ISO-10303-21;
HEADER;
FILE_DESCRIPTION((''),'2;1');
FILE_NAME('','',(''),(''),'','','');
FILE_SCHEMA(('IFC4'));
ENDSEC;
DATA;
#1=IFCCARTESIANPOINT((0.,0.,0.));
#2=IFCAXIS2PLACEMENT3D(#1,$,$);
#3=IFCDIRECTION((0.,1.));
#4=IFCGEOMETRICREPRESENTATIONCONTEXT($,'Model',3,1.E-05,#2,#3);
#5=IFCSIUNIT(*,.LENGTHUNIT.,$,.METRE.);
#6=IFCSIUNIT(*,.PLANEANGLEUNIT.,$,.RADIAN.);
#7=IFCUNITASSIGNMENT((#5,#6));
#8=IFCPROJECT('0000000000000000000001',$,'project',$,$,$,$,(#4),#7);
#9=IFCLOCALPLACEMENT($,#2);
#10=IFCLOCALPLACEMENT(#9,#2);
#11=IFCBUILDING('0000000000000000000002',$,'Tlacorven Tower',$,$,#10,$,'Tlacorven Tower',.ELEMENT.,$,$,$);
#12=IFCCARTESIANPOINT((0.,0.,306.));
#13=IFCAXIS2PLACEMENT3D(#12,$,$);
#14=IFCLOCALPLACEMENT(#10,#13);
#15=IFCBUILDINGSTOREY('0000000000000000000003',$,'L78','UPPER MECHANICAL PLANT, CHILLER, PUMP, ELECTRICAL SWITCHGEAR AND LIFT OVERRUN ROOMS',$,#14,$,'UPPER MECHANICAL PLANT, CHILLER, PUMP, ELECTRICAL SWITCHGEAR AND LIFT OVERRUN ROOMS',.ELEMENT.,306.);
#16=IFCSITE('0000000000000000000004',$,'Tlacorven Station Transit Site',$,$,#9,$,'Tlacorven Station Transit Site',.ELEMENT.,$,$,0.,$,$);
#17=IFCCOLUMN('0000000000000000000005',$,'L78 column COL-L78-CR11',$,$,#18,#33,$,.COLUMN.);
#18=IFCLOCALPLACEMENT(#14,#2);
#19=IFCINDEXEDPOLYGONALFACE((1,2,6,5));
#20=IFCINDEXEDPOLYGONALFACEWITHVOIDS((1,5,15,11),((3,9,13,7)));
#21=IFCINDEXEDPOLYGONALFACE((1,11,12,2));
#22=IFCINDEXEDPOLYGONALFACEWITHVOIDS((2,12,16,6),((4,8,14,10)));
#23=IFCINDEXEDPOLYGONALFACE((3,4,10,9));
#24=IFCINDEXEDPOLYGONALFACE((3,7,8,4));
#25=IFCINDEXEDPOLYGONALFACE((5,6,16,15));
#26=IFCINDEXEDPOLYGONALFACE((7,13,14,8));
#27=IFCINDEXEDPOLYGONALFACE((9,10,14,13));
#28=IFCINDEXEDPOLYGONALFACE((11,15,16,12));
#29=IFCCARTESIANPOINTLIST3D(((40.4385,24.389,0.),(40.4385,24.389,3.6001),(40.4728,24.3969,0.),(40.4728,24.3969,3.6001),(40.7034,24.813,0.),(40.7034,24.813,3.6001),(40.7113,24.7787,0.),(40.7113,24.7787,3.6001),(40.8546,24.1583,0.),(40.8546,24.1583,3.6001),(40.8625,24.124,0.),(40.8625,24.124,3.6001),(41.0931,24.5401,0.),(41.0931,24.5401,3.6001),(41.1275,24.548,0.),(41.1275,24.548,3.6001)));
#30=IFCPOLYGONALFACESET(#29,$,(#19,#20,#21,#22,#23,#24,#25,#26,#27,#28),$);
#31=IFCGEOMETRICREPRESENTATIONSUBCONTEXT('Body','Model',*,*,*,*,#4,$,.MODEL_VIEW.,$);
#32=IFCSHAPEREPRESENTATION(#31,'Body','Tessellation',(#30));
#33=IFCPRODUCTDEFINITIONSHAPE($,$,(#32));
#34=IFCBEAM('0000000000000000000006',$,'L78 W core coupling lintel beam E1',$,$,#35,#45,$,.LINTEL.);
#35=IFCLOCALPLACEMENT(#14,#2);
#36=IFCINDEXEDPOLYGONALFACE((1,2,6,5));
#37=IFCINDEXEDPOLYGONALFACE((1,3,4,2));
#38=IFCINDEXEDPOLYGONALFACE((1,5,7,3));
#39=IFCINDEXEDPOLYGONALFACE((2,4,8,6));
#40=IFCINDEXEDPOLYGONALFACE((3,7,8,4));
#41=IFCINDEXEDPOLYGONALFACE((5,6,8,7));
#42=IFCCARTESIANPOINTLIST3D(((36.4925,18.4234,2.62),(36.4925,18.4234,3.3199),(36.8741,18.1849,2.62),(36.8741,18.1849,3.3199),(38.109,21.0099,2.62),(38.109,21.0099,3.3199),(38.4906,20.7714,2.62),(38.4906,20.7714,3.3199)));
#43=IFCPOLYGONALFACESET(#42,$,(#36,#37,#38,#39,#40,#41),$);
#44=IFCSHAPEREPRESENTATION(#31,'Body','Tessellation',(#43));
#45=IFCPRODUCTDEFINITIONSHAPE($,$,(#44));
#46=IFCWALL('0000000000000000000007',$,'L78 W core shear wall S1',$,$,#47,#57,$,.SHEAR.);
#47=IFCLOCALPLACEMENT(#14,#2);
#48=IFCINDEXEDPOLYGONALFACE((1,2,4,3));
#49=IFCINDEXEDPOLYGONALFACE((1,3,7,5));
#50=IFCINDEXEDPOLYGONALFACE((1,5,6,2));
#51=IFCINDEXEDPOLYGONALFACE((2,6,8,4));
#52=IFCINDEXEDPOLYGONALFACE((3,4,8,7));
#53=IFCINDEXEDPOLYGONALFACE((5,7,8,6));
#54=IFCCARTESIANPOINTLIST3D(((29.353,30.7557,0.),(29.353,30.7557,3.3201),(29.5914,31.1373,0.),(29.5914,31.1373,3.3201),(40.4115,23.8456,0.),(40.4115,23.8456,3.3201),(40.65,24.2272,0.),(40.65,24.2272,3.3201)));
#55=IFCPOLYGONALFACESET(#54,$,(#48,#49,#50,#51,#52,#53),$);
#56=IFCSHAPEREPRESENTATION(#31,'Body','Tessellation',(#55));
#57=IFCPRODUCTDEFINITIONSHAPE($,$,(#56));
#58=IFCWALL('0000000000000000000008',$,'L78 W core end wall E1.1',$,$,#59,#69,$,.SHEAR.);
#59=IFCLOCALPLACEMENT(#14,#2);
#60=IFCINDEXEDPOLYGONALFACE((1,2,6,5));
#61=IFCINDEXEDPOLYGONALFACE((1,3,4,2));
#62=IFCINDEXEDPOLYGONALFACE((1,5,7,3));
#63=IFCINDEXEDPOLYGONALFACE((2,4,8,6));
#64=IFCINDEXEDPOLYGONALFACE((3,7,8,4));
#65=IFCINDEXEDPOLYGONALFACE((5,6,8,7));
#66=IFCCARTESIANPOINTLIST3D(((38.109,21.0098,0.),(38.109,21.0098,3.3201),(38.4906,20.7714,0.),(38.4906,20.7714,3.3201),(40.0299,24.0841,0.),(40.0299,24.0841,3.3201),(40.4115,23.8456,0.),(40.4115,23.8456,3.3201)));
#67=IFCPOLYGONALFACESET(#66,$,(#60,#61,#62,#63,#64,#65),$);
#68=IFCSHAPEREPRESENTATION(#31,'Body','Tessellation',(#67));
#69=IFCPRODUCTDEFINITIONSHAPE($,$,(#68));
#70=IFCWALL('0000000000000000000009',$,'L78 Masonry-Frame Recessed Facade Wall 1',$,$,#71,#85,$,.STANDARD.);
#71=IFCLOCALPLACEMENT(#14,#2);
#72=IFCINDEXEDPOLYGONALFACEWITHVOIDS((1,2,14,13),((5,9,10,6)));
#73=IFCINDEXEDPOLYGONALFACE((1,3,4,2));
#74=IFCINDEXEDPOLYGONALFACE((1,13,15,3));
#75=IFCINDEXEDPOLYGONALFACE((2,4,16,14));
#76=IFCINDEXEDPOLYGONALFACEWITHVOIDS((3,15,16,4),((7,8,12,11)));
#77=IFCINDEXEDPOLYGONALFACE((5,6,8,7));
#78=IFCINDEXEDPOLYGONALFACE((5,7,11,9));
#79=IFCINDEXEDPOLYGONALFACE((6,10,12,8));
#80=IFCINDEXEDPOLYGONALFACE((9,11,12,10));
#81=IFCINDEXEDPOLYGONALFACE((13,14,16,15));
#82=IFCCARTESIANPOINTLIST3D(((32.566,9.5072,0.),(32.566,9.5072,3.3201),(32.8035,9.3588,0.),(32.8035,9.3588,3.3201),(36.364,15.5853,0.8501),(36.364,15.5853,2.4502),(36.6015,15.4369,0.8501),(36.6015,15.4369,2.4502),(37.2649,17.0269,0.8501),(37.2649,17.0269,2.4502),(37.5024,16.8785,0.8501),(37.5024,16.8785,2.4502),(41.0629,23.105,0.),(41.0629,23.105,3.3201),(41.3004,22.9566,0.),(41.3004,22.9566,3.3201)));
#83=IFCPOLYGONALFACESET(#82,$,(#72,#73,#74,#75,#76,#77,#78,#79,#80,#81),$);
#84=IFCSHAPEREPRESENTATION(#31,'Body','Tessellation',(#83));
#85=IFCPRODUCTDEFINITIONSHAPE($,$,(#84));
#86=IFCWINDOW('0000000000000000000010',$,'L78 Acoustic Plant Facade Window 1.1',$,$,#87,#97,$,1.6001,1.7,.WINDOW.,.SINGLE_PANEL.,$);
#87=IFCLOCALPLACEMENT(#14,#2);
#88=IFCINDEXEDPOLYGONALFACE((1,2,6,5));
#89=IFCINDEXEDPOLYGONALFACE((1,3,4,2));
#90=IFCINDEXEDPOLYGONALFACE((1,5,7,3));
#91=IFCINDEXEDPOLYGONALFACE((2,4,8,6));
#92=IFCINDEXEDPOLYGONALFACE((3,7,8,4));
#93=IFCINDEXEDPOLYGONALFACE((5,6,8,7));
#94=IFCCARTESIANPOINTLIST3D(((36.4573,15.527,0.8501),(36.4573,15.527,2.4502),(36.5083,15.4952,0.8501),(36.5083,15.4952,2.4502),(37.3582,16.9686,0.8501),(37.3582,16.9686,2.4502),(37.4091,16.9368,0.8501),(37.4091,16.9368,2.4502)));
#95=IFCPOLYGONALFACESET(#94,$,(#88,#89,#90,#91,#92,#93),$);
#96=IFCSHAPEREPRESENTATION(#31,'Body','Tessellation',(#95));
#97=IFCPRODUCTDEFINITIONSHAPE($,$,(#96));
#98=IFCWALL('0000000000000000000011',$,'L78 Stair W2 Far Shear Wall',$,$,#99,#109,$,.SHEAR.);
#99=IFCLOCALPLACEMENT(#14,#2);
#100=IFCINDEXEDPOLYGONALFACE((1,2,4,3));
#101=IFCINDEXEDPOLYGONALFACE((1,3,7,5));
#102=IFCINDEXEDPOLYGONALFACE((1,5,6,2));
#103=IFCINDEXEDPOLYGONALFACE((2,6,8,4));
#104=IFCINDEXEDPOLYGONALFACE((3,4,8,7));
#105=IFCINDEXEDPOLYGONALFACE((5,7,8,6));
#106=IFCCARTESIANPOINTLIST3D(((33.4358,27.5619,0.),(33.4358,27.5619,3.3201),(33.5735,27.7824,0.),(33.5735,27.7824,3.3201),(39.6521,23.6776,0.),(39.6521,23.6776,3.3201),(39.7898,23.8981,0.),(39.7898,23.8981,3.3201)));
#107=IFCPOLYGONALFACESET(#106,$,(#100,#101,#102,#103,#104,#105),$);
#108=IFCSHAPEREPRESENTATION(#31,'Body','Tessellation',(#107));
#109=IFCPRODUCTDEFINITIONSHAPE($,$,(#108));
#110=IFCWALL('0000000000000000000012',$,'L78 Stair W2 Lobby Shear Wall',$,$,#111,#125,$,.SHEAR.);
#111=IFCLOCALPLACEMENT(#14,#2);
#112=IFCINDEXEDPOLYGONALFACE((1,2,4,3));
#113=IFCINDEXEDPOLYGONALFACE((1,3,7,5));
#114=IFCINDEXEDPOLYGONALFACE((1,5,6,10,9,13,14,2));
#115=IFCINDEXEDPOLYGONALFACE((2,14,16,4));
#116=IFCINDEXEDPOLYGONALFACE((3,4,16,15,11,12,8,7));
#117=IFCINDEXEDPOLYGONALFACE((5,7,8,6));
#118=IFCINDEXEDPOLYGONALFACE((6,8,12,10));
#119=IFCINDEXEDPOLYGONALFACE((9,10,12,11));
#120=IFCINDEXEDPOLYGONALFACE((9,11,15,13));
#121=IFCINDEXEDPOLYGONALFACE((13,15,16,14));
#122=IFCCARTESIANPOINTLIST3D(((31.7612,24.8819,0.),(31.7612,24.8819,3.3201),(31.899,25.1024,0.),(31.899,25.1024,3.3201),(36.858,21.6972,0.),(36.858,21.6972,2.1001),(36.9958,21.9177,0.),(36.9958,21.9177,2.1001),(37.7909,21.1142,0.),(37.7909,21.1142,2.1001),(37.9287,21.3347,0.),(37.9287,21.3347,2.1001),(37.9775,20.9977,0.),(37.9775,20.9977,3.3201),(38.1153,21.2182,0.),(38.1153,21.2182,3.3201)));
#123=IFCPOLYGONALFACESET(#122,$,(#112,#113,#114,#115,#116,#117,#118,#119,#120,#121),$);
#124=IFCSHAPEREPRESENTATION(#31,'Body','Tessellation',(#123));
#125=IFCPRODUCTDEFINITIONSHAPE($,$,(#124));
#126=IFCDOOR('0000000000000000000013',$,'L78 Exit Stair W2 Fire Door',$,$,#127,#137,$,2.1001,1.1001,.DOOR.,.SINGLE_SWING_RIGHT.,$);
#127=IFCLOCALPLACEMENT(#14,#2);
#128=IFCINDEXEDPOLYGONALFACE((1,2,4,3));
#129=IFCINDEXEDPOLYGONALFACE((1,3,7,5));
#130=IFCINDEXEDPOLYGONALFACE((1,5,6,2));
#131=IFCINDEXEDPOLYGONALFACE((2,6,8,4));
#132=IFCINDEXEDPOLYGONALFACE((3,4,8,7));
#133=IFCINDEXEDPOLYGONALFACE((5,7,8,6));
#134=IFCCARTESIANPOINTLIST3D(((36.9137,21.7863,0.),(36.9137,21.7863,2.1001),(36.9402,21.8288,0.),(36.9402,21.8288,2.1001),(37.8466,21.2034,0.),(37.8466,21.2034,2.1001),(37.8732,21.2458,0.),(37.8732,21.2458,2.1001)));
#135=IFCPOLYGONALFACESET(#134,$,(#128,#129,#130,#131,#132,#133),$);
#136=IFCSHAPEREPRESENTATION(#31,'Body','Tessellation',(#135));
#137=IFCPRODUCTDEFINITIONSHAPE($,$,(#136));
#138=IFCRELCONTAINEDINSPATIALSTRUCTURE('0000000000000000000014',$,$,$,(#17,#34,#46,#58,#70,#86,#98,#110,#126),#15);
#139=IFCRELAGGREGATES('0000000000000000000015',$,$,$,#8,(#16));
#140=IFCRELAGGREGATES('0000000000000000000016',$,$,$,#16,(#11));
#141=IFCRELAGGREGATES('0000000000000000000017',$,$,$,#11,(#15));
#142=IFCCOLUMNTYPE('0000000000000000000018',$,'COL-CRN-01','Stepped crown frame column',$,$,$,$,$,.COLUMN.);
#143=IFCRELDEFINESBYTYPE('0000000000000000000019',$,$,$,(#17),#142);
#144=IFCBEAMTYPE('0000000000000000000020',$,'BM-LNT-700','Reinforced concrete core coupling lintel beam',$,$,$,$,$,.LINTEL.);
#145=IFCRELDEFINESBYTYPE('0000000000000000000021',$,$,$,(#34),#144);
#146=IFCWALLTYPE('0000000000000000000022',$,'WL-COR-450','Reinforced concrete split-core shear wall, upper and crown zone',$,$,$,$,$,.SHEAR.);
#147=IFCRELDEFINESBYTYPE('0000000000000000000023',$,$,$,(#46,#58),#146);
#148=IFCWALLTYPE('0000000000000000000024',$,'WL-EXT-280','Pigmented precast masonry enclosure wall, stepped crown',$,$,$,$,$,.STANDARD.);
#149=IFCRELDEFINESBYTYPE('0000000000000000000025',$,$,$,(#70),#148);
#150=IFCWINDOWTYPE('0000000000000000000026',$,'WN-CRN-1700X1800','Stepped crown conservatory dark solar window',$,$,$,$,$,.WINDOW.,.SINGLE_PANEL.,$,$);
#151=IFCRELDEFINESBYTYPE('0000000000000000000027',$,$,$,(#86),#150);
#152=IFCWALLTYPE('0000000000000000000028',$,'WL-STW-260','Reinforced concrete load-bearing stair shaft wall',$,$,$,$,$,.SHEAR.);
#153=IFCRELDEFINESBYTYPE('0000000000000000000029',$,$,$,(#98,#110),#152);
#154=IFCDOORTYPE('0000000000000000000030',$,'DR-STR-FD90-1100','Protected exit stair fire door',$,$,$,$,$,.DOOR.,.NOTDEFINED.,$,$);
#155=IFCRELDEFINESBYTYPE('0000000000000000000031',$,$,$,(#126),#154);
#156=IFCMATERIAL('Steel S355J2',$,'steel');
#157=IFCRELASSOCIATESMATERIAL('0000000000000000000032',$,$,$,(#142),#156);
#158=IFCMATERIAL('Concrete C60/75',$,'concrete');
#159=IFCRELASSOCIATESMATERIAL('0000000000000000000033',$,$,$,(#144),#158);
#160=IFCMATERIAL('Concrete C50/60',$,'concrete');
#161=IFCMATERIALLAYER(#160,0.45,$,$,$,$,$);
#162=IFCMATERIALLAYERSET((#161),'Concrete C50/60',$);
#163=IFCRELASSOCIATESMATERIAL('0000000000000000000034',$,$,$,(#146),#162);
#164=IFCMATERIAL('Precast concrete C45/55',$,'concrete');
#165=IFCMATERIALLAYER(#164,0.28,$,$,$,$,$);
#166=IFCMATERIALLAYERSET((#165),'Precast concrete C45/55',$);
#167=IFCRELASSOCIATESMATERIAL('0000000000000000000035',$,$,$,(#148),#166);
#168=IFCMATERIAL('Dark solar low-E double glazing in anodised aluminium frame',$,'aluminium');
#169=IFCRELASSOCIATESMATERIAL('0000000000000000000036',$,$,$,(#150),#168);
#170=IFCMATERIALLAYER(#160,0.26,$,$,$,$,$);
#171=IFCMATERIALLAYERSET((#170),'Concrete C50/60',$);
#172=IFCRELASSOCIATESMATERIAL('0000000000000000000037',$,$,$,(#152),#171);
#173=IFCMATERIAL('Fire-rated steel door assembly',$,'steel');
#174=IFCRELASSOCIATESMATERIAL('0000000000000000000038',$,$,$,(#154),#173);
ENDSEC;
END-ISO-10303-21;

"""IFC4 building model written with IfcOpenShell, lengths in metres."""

from ifc_helpers import new_model, si_unit, direction, frame, frame_2d, origin, origin_2d, place, context, subcontext, project, spatial, rectangle, hollow_rectangle, extrude, source, transform, mapped, material, layer, layer_set, material_profile, profile_set, type_object, element, fill, save


model = new_model("IFC4")

# Units and contexts
model_context = context("Model", 3, precision=1e-05, world=origin(), true_north=direction((0.0, 1.0)))
body_context = subcontext(model_context, "Body", "Model", "MODEL_VIEW")
ifc_project = project(units=[si_unit("LENGTHUNIT", "METRE"), si_unit("PLANEANGLEUNIT", "RADIAN")], contexts=[model_context])

# Site, building, storey
site_placement = place(None, origin())
site = spatial("IfcSite", under=ifc_project, at=site_placement, Name="Tlacorven Station Transit Site", LongName="Tlacorven Station Transit Site", CompositionType="ELEMENT", RefElevation=0.0)
building_placement = place(site_placement, origin())
building = spatial("IfcBuilding", under=site, at=building_placement, Name="Tlacorven Tower", LongName="Tlacorven Tower", CompositionType="ELEMENT")
storey_placement = place(building_placement, frame((0.0, 0.0, 306.0)))
storey = spatial("IfcBuildingStorey", under=building, at=storey_placement, Name="L78", Description="UPPER MECHANICAL PLANT, CHILLER, PUMP, ELECTRICAL SWITCHGEAR AND LIFT OVERRUN ROOMS", LongName="UPPER MECHANICAL PLANT, CHILLER, PUMP, ELECTRICAL SWITCHGEAR AND LIFT OVERRUN ROOMS", CompositionType="ELEMENT", Elevation=306.0)

# Column
ifc_material_1 = material(Name="Steel S355J2", Category="steel")
ifc_material_profile_1 = material_profile(ifc_material_1, hollow_rectangle(XDim=0.5, YDim=0.5, WallThickness=0.0249, at=origin_2d()), Name="BOX 500X500X25")
ifc_profile_set_1 = profile_set([ifc_material_profile_1], Name="Steel S355J2")
column_type = type_object("IfcColumnType", Name="COL-CRN-01", Description="Stepped crown frame column", PredefinedType="COLUMN", material=ifc_profile_set_1)
shared_shape_1 = source(origin(), body_context, "Body", "SweptSolid", [
    extrude(hollow_rectangle(XDim=0.5, YDim=0.5, WallThickness=0.0249, at=origin_2d()), origin(), (0.0, 0.0, 1.0), 3.6001),
])
column_placement = place(storey_placement, frame((40.783, 24.4685, 0.0), z_axis=(0.0, 0.0, 1.0), x_axis=(-0.848048, 0.529919, 0.0)))
element("IfcColumn", 1, at=column_placement, inside=storey, type_object=column_type, Name="L78 column COL-L78-CR11", PredefinedType="COLUMN", context=body_context, shape_type="MappedRepresentation", body=[
    mapped(shared_shape_1, transform((0.0, 0.0, 0.0), scale=1.0)),
])

# Beam
ifc_material_2 = material(Name="Concrete C60/75", Category="concrete")
ifc_material_profile_2 = material_profile(ifc_material_2, rectangle(XDim=0.45, YDim=0.7, at=origin_2d()), Name="RC 450X700")
ifc_profile_set_2 = profile_set([ifc_material_profile_2], Name="Concrete C60/75")
beam_type = type_object("IfcBeamType", Name="BM-LNT-700", Description="Reinforced concrete core coupling lintel beam", PredefinedType="LINTEL", material=ifc_profile_set_2)
shared_shape_2 = source(origin(), body_context, "Body", "SweptSolid", [
    extrude(rectangle(XDim=0.45, YDim=0.7, at=origin_2d()), origin(), (0.0, 0.0, 1.0), 3.05),
])
beam_placement = place(storey_placement, frame((38.2998, 20.8906, 2.97), z_axis=(-0.529985, -0.848007, 0.0), x_axis=(0.848007, -0.529985, 0.0)))
element("IfcBeam", 2, at=beam_placement, inside=storey, type_object=beam_type, Name="L78 W core coupling lintel beam E1", PredefinedType="LINTEL", context=body_context, shape_type="MappedRepresentation", body=[
    mapped(shared_shape_2, transform((0.0, 0.0, 0.0), scale=1.0)),
])

# Walls
ifc_material_3 = material(Name="Concrete C50/60", Category="concrete")
ifc_layer_1 = layer(ifc_material_3, 0.45)
ifc_layer_set_1 = layer_set([ifc_layer_1], Name="Concrete C50/60")
wall_type_1 = type_object("IfcWallType", Name="WL-COR-450", Description="Reinforced concrete split-core shear wall, upper and crown zone", PredefinedType="SHEAR", material=ifc_layer_set_1)
wall_1_placement = place(storey_placement, frame((40.5308, 24.0364, 0.0), z_axis=(0.0, 0.0, 1.0), x_axis=(-0.848049, 0.529918, 0.0)))
element("IfcWall", 3, at=wall_1_placement, inside=storey, type_object=wall_type_1, Name="L78 W core shear wall S1", PredefinedType="SHEAR", context=body_context, shape_type="SweptSolid", body=[
    extrude(rectangle(XDim=13.04, YDim=0.45, at=frame_2d((6.52, 0.0))), origin(), (0.0, 0.0, 1.0), 3.3201),
])
wall_2_placement = place(storey_placement, frame((40.2207, 23.9648, 0.0), z_axis=(0.0, 0.0, 1.0), x_axis=(-0.529902, -0.848059, 0.0)))
element("IfcWall", 4, at=wall_2_placement, inside=storey, type_object=wall_type_1, Name="L78 W core end wall E1.1", PredefinedType="SHEAR", context=body_context, shape_type="SweptSolid", body=[
    extrude(rectangle(XDim=3.625, YDim=0.45, at=frame_2d((1.8125, 0.0))), origin(), (0.0, 0.0, 1.0), 3.3201),
])

# Wall, opening, window
ifc_material_4 = material(Name="Precast concrete C45/55", Category="concrete")
ifc_layer_2 = layer(ifc_material_4, 0.28)
ifc_layer_set_2 = layer_set([ifc_layer_2], Name="Precast concrete C45/55")
wall_type_2 = type_object("IfcWallType", Name="WL-EXT-280", Description="Pigmented precast masonry enclosure wall, stepped crown", PredefinedType="STANDARD", material=ifc_layer_set_2)
wall_3_placement = place(storey_placement, frame((41.1816, 23.0308, 0.0), z_axis=(0.0, 0.0, 1.0), x_axis=(-0.529922, -0.848046, 0.0)))
wall_3 = element("IfcWall", 5, at=wall_3_placement, inside=storey, type_object=wall_type_2, Name="L78 Masonry-Frame Recessed Facade Wall 1", PredefinedType="STANDARD", context=body_context, shape_type="SweptSolid", body=[
    extrude(rectangle(XDim=16.0342, YDim=0.28, at=frame_2d((8.0171, 0.0))), origin(), (0.0, 0.0, 1.0), 3.3201),
])
opening_1_placement = place(wall_3_placement, frame((7.167, 0.0, 0.8501)))
opening_1 = element("IfcOpeningElement", 6, at=opening_1_placement, cuts=wall_3, PredefinedType="OPENING", context=body_context, shape_type="SweptSolid", body=[
    extrude(rectangle(XDim=1.7, YDim=1.6001, at=frame_2d((0.8501, 0.8))), frame((0.0, 0.1499, 0.0), z_axis=(0.0, -1.0, 0.0), x_axis=(1.0, 0.0, 0.0)), (0.0, 0.0, 1.0), 0.3),
])
ifc_material_5 = material(Name="Dark solar low-E double glazing in anodised aluminium frame", Category="aluminium")
window_type = type_object("IfcWindowType", Name="WN-CRN-1700X1800", Description="Stepped crown conservatory dark solar window", PartitioningType="SINGLE_PANEL", PredefinedType="WINDOW", material=ifc_material_5)
shared_shape_3 = source(origin(), body_context, "Body", "SweptSolid", [
    extrude(rectangle(XDim=1.7, YDim=1.6001, at=frame_2d((0.8501, 0.8))), frame((0.0, 0.03, 0.0), z_axis=(0.0, -1.0, 0.0), x_axis=(1.0, 0.0, 0.0)), (0.0, 0.0, 1.0), 0.0601),
])
window_placement = place(opening_1_placement, origin())
window = element("IfcWindow", 7, at=window_placement, inside=storey, type_object=window_type, Name="L78 Acoustic Plant Facade Window 1.1", OverallHeight=1.6001, OverallWidth=1.7, PartitioningType="SINGLE_PANEL", PredefinedType="WINDOW", context=body_context, shape_type="MappedRepresentation", body=[
    mapped(shared_shape_3, transform((0.0, 0.0, 0.0), scale=1.0)),
])
fill(opening_1, window)

# Wall
ifc_layer_3 = layer(ifc_material_3, 0.26)
ifc_layer_set_3 = layer_set([ifc_layer_3], Name="Concrete C50/60")
wall_type_3 = type_object("IfcWallType", Name="WL-STW-260", Description="Reinforced concrete load-bearing stair shaft wall", PredefinedType="SHEAR", material=ifc_layer_set_3)
wall_4_placement = place(storey_placement, frame((39.7209, 23.7878, 0.0), z_axis=(0.0, 0.0, 1.0), x_axis=(-0.848054, 0.529909, 0.0)))
element("IfcWall", 8, at=wall_4_placement, inside=storey, type_object=wall_type_3, Name="L78 Stair W2 Far Shear Wall", PredefinedType="SHEAR", context=body_context, shape_type="SweptSolid", body=[
    extrude(rectangle(XDim=7.3301, YDim=0.26, at=frame_2d((3.665, 0.0))), origin(), (0.0, 0.0, 1.0), 3.3201),
])

# Wall, opening, door
wall_5_placement = place(storey_placement, frame((38.0464, 21.1079, 0.0), z_axis=(0.0, 0.0, 1.0), x_axis=(-0.848054, 0.529909, 0.0)))
wall_5 = element("IfcWall", 9, at=wall_5_placement, inside=storey, type_object=wall_type_3, Name="L78 Stair W2 Lobby Shear Wall", PredefinedType="SHEAR", context=body_context, shape_type="SweptSolid", body=[
    extrude(rectangle(XDim=7.3301, YDim=0.26, at=frame_2d((3.665, 0.0))), origin(), (0.0, 0.0, 1.0), 3.3201),
])
opening_2_placement = place(wall_5_placement, frame((0.22, 0.0, 0.0)))
opening_2 = element("IfcOpeningElement", 10, at=opening_2_placement, cuts=wall_5, PredefinedType="OPENING", context=body_context, shape_type="SweptSolid", body=[
    extrude(rectangle(XDim=1.1001, YDim=2.1001, at=frame_2d((0.55, 1.05))), frame((0.0, 0.1401, 0.0), z_axis=(0.0, -1.0, 0.0), x_axis=(1.0, 0.0, 0.0)), (0.0, 0.0, 1.0), 0.28),
])
ifc_material_6 = material(Name="Fire-rated steel door assembly", Category="steel")
door_type = type_object("IfcDoorType", Name="DR-STR-FD90-1100", Description="Protected exit stair fire door", OperationType="NOTDEFINED", PredefinedType="DOOR", material=ifc_material_6)
shared_shape_4 = source(origin(), body_context, "Body", "SweptSolid", [
    extrude(rectangle(XDim=1.1001, YDim=2.1001, at=frame_2d((0.55, 1.05))), frame((0.0, 0.0249, 0.0), z_axis=(0.0, -1.0, 0.0), x_axis=(1.0, 0.0, 0.0)), (0.0, 0.0, 1.0), 0.05),
])
door_placement = place(opening_2_placement, origin())
door = element("IfcDoor", 11, at=door_placement, inside=storey, type_object=door_type, Name="L78 Exit Stair W2 Fire Door", OperationType="SINGLE_SWING_RIGHT", OverallHeight=2.1001, OverallWidth=1.1001, PredefinedType="DOOR", context=body_context, shape_type="MappedRepresentation", body=[
    mapped(shared_shape_4, transform((0.0, 0.0, 0.0), scale=1.0)),
])
fill(opening_2, door)

save(model, "model.ifc")
